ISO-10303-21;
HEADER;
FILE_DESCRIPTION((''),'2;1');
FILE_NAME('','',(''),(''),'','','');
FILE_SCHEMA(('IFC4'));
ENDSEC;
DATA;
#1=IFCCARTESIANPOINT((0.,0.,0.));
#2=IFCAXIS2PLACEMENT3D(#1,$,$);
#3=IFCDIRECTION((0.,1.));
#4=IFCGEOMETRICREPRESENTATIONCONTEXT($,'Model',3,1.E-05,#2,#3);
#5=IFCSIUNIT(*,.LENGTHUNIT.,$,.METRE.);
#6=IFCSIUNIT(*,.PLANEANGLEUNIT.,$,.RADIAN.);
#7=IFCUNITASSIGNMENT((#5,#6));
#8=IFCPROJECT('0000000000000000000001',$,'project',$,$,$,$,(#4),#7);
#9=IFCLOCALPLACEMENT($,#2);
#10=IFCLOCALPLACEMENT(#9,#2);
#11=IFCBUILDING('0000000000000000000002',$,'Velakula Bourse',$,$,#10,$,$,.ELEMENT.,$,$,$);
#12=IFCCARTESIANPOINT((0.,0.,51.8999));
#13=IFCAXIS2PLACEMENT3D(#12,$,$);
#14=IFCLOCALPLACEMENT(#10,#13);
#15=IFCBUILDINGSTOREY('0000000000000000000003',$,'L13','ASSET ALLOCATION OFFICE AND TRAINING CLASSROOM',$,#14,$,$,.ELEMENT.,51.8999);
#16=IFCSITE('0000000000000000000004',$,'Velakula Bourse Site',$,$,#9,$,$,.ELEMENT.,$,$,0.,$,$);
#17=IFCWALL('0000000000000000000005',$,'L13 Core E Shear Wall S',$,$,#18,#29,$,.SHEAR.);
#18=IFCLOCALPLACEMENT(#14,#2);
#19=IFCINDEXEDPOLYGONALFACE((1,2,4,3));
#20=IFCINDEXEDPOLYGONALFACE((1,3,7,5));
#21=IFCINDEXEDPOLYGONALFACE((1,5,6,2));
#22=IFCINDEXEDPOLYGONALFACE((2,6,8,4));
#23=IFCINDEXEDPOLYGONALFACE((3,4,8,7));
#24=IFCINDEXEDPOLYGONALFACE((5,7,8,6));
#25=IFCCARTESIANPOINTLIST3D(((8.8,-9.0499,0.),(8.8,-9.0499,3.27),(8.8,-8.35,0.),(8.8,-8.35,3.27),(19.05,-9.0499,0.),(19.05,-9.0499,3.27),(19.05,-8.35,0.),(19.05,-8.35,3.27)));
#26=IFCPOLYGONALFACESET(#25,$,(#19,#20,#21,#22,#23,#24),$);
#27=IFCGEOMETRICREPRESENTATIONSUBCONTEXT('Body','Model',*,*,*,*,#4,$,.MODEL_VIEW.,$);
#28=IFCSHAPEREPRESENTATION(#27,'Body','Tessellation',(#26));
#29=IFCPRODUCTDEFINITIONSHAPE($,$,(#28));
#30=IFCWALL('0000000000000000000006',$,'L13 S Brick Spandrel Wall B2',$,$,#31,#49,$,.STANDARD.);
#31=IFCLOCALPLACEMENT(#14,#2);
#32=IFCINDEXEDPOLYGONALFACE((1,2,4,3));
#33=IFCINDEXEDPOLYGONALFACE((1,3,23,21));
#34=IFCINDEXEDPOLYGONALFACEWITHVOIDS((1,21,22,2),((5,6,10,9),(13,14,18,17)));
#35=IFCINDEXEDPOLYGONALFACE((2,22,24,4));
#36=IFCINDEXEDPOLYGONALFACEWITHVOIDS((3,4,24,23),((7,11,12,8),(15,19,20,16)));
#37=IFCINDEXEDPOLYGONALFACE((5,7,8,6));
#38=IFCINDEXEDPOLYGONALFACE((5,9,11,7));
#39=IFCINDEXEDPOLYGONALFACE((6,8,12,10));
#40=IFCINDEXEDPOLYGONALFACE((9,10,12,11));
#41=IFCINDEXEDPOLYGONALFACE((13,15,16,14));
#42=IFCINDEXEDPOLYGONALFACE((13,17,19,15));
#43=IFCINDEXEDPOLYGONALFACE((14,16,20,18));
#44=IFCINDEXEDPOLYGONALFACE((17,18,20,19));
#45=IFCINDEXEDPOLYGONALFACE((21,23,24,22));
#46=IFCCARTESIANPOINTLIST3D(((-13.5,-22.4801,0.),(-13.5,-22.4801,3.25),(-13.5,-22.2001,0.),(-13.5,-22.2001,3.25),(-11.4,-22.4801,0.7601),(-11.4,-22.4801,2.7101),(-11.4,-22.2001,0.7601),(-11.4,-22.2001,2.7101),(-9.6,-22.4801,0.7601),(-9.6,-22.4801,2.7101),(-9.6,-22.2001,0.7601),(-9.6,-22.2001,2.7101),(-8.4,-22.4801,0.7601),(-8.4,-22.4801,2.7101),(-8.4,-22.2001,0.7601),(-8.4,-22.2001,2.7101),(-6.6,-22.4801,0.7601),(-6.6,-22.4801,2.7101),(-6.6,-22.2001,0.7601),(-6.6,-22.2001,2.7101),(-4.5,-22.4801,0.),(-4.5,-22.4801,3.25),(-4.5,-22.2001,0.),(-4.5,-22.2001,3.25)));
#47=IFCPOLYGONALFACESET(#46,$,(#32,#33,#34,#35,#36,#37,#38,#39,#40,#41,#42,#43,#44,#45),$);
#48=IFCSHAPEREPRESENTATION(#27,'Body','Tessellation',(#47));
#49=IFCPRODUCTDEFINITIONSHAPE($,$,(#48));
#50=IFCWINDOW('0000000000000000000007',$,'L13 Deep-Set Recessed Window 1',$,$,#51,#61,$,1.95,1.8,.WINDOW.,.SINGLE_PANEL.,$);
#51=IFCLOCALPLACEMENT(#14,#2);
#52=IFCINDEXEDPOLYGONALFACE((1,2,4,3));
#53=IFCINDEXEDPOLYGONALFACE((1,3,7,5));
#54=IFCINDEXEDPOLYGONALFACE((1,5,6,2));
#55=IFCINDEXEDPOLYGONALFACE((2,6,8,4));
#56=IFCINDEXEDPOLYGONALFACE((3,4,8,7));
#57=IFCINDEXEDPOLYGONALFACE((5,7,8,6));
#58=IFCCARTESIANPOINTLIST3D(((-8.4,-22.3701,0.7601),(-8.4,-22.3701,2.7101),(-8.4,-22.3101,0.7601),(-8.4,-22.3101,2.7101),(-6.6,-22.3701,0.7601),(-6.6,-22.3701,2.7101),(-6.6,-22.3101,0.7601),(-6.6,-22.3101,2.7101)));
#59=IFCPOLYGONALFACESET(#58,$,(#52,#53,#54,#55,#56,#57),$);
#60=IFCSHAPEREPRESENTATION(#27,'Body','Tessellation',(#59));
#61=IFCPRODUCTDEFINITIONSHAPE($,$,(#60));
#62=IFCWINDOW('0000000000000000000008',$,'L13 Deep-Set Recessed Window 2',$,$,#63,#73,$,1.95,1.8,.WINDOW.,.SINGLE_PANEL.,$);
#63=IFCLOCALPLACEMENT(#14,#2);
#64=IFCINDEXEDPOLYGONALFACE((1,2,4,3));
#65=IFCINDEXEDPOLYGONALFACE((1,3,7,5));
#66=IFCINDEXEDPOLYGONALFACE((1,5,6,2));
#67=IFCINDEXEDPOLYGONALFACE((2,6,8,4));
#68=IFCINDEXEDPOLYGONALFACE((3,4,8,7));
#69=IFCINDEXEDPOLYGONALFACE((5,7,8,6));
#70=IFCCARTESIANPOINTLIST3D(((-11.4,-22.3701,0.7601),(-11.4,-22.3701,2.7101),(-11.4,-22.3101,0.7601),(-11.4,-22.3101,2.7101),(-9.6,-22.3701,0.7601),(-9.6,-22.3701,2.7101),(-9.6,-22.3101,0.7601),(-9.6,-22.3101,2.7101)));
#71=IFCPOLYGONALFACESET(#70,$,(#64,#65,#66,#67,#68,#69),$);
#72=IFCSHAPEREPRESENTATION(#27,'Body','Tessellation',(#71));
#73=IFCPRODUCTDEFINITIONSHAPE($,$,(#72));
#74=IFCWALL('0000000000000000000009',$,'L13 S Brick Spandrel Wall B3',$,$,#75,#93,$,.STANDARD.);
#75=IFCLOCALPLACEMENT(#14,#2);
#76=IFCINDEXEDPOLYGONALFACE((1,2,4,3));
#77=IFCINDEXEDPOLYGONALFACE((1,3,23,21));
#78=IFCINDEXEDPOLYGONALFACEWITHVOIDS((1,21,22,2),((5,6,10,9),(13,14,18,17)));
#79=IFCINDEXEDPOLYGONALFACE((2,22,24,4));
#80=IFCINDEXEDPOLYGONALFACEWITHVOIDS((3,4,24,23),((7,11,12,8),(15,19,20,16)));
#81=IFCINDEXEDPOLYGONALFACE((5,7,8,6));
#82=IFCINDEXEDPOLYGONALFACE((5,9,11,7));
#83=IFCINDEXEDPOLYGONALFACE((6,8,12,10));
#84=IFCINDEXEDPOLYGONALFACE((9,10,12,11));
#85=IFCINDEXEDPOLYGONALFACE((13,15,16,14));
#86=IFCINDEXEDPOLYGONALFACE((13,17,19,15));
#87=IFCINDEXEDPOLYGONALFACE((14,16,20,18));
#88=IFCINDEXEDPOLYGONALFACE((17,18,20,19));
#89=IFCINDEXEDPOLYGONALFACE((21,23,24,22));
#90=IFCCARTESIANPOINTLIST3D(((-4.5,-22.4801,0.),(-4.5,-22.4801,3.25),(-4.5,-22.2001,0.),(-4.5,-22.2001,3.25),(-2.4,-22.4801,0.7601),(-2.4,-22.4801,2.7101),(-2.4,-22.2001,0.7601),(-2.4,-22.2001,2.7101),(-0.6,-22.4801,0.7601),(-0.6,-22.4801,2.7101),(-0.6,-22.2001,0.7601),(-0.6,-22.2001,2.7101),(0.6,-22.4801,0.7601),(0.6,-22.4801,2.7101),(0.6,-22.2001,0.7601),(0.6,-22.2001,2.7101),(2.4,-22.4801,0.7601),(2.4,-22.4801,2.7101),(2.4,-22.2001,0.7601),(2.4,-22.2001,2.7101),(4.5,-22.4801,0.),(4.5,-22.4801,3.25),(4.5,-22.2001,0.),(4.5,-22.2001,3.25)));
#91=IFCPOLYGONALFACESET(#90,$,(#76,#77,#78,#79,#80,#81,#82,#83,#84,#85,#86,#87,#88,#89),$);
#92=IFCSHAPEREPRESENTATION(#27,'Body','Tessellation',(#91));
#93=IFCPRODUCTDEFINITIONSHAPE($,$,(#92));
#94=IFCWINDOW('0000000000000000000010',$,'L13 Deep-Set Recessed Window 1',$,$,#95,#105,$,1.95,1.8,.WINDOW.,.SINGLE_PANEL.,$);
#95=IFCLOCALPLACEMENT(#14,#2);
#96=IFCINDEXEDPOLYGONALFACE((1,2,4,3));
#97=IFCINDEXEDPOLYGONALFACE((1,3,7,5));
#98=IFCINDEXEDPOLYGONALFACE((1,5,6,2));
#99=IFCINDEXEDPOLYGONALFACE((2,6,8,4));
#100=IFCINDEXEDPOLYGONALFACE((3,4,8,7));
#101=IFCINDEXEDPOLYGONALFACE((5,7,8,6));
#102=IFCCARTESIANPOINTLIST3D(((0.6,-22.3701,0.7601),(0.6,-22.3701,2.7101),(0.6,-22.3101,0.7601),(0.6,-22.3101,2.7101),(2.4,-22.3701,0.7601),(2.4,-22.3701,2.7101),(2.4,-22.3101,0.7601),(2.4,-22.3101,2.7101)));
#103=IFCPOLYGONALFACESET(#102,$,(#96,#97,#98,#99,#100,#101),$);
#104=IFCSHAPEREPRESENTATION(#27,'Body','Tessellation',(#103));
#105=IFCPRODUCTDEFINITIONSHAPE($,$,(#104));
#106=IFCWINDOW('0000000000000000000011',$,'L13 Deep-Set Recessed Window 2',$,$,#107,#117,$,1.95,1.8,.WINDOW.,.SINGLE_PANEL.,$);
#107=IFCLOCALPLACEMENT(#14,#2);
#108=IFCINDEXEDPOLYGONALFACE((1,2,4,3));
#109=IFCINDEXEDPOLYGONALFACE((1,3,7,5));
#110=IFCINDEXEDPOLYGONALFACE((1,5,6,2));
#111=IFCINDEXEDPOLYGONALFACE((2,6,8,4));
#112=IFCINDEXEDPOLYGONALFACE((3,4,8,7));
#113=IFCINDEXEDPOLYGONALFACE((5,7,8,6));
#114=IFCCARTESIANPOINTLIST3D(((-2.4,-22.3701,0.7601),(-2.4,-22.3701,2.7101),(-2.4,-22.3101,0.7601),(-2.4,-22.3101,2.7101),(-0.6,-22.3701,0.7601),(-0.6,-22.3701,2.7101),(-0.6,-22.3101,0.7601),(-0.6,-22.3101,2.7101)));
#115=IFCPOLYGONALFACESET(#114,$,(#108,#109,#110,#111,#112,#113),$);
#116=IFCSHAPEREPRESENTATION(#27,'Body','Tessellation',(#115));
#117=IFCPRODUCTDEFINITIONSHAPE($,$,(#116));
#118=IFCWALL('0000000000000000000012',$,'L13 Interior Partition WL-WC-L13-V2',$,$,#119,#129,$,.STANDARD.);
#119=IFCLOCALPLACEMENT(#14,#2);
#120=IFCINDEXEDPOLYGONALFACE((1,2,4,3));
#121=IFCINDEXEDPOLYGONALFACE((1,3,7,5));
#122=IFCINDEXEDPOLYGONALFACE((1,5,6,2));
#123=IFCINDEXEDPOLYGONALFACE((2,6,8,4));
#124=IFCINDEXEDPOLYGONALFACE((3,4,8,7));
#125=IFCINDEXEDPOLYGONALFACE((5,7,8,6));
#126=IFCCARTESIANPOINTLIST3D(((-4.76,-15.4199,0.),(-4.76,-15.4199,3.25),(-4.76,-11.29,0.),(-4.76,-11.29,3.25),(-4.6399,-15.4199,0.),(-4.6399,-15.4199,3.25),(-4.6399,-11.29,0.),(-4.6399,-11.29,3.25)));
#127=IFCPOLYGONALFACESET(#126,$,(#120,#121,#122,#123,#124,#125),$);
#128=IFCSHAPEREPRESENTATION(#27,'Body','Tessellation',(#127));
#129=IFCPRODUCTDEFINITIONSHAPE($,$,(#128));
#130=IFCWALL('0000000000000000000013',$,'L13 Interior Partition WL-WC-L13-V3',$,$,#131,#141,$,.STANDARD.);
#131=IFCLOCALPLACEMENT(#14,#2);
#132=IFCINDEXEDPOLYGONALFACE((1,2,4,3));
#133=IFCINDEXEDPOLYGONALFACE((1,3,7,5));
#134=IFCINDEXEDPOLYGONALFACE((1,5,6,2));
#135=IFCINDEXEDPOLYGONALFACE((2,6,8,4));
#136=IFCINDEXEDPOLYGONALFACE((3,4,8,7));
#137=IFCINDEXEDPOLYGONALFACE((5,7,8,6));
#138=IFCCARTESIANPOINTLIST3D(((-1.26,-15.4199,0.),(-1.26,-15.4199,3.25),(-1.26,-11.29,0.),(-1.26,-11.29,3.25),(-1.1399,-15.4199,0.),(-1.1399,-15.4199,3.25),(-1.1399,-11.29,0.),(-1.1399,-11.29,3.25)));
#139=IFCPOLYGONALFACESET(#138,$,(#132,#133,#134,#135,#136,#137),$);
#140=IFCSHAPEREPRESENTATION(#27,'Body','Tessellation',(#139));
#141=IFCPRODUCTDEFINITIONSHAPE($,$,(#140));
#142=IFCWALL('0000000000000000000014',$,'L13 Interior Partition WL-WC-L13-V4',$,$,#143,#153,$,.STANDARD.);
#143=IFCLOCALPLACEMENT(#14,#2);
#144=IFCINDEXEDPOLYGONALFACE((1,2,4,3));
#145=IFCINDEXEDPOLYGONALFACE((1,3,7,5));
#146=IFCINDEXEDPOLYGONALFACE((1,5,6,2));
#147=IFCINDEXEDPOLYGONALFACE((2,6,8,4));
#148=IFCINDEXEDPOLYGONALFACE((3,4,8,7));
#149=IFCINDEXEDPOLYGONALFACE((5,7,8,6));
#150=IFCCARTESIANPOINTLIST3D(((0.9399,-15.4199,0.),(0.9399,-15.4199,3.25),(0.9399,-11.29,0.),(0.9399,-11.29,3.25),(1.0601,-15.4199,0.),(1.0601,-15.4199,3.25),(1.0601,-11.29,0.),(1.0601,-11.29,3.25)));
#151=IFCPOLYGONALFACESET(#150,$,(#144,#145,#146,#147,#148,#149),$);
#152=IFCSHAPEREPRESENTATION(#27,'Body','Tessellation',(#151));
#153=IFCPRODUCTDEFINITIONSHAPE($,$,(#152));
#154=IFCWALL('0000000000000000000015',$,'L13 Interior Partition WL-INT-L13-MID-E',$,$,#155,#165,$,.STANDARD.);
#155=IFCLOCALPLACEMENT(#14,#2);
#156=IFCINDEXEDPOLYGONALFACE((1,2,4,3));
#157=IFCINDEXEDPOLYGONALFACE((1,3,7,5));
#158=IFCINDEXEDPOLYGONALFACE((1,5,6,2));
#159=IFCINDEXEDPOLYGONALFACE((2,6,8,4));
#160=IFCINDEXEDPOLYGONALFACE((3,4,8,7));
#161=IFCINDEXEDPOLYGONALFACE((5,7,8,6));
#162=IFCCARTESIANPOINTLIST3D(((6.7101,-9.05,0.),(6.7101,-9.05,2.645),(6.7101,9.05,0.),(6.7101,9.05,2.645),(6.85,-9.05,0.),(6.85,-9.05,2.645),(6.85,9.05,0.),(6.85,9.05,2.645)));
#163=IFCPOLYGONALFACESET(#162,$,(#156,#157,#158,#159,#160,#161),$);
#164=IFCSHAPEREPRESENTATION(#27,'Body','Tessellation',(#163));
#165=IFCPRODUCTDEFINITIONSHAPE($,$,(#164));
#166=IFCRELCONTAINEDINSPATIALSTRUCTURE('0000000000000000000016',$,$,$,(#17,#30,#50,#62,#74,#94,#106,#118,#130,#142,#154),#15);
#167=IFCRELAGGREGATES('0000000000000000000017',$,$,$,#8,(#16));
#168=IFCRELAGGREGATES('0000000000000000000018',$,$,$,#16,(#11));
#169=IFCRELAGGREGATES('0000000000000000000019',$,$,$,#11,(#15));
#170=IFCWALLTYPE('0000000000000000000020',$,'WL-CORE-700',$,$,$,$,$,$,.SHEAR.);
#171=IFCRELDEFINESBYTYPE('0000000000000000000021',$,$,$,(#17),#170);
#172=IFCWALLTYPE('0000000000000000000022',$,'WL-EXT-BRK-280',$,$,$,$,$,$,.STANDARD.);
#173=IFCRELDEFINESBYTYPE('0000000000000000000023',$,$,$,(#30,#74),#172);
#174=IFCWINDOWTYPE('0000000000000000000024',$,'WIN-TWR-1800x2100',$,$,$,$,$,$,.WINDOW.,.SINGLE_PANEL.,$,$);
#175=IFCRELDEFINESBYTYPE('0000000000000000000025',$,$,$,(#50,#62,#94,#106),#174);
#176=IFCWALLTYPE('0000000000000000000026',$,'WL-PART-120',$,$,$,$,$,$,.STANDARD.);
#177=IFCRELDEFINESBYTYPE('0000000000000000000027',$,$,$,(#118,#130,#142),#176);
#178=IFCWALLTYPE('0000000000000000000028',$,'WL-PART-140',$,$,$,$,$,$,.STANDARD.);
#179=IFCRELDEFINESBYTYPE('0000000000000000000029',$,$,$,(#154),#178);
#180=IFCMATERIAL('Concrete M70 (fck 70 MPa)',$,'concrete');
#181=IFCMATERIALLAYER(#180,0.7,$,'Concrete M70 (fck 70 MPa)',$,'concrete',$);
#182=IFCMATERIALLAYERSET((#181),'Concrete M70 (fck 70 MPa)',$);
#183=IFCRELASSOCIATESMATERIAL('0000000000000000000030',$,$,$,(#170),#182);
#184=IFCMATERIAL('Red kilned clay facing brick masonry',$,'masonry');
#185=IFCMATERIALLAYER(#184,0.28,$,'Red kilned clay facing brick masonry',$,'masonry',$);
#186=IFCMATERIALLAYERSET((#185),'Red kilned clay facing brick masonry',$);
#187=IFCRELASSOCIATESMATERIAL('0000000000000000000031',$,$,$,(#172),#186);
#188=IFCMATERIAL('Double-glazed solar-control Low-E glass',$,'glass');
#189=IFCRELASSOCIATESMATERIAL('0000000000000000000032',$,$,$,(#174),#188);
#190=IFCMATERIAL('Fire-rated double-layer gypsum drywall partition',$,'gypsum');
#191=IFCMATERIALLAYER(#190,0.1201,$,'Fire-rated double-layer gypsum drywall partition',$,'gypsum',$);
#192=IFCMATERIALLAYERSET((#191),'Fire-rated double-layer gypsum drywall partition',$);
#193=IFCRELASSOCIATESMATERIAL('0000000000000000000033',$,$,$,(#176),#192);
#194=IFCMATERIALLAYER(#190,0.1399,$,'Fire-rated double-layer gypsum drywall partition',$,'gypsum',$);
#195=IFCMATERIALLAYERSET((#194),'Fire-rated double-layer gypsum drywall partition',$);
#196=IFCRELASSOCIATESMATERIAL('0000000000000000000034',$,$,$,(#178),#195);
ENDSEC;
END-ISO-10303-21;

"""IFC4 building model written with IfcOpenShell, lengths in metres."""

from ifc_helpers import new_model, si_unit, direction, frame, frame_2d, origin, place, context, subcontext, project, spatial, rectangle, extrude, material, layer, layer_set, type_object, element, fill, save


model = new_model("IFC4")

# Units and contexts
model_context = context("Model", 3, precision=1e-05, world=origin(), true_north=direction((0.0, 1.0)))
body_context = subcontext(model_context, "Body", "Model", "MODEL_VIEW")
ifc_project = project(units=[si_unit("LENGTHUNIT", "METRE"), si_unit("PLANEANGLEUNIT", "RADIAN")], contexts=[model_context])

# Site, building, storey
site_placement = place(None, origin())
site = spatial("IfcSite", under=ifc_project, at=site_placement, Name="Velakula Bourse Site", CompositionType="ELEMENT", RefElevation=0.0)
building_placement = place(site_placement, origin())
building = spatial("IfcBuilding", under=site, at=building_placement, Name="Velakula Bourse", CompositionType="ELEMENT")
storey_placement = place(building_placement, frame((0.0, 0.0, 51.8999)))
storey = spatial("IfcBuildingStorey", under=building, at=storey_placement, Name="L13", Description="ASSET ALLOCATION OFFICE AND TRAINING CLASSROOM", CompositionType="ELEMENT", Elevation=51.8999)

# Shared definitions
ifc_material_1 = material(Name="Concrete M70 (fck 70 MPa)", Category="concrete")

# Wall
ifc_layer_1 = layer(ifc_material_1, 0.7, Name="Concrete M70 (fck 70 MPa)", Category="concrete")
ifc_layer_set_1 = layer_set([ifc_layer_1], Name="Concrete M70 (fck 70 MPa)")
wall_type_1 = type_object("IfcWallType", Name="WL-CORE-700", PredefinedType="SHEAR", material=ifc_layer_set_1)
wall_1_placement = place(storey_placement, frame((8.8, -8.7, 0.0), z_axis=(0.0, 0.0, 1.0), x_axis=(1.0, 0.0, 0.0)))
element("IfcWall", 1, at=wall_1_placement, inside=storey, type_object=wall_type_1, Name="L13 Core E Shear Wall S", PredefinedType="SHEAR", context=body_context, shape_type="SweptSolid", body=[
    extrude(rectangle(XDim=10.25, YDim=0.7, at=frame_2d((5.125, 0.0))), origin(), (0.0, 0.0, 1.0), 3.27),
])

# Walls, openings, windows
ifc_material_2 = material(Name="Red kilned clay facing brick masonry", Category="masonry")
ifc_layer_2 = layer(ifc_material_2, 0.28, Name="Red kilned clay facing brick masonry", Category="masonry")
ifc_layer_set_2 = layer_set([ifc_layer_2], Name="Red kilned clay facing brick masonry")
wall_type_2 = type_object("IfcWallType", Name="WL-EXT-BRK-280", PredefinedType="STANDARD", material=ifc_layer_set_2)
wall_2_placement = place(storey_placement, frame((-4.5, -22.3401, 0.0), z_axis=(0.0, 0.0, 1.0), x_axis=(-1.0, 0.0, 0.0)))
wall_2 = element("IfcWall", 2, at=wall_2_placement, inside=storey, type_object=wall_type_2, Name="L13 S Brick Spandrel Wall B2", PredefinedType="STANDARD", context=body_context, shape_type="SweptSolid", body=[
    extrude(rectangle(XDim=9.0, YDim=0.28, at=frame_2d((4.5, 0.0))), origin(), (0.0, 0.0, 1.0), 3.25),
])
opening_1_placement = place(wall_2_placement, frame((2.1001, 0.0, 0.76)))
opening_1 = element("IfcOpeningElement", 3, at=opening_1_placement, cuts=wall_2, PredefinedType="OPENING", context=body_context, shape_type="SweptSolid", body=[
    extrude(rectangle(XDim=1.8, YDim=1.95, at=frame_2d((0.8999, 0.9751))), frame((0.0, 0.1499, 0.0), z_axis=(0.0, -1.0, 0.0), x_axis=(1.0, 0.0, 0.0)), (0.0, 0.0, 1.0), 0.3),
])
opening_2_placement = place(wall_2_placement, frame((5.1001, 0.0, 0.76)))
opening_2 = element("IfcOpeningElement", 4, at=opening_2_placement, cuts=wall_2, PredefinedType="OPENING", context=body_context, shape_type="SweptSolid", body=[
    extrude(rectangle(XDim=1.8, YDim=1.95, at=frame_2d((0.8999, 0.9751))), frame((0.0, 0.1499, 0.0), z_axis=(0.0, -1.0, 0.0), x_axis=(1.0, 0.0, 0.0)), (0.0, 0.0, 1.0), 0.3),
])
ifc_material_3 = material(Name="Double-glazed solar-control Low-E glass", Category="glass")
window_type = type_object("IfcWindowType", Name="WIN-TWR-1800x2100", PartitioningType="SINGLE_PANEL", PredefinedType="WINDOW", material=ifc_material_3)
window_1_placement = place(opening_1_placement, origin())
window_1 = element("IfcWindow", 5, at=window_1_placement, inside=storey, type_object=window_type, Name="L13 Deep-Set Recessed Window 1", OverallHeight=1.95, OverallWidth=1.8, PartitioningType="SINGLE_PANEL", PredefinedType="WINDOW", context=body_context, shape_type="SweptSolid", body=[
    extrude(rectangle(XDim=1.8, YDim=1.95, at=frame_2d((0.8999, 0.9751))), frame((0.0, 0.03, 0.0), z_axis=(0.0, -1.0, 0.0), x_axis=(1.0, 0.0, 0.0)), (0.0, 0.0, 1.0), 0.0601),
])
fill(opening_1, window_1)
window_2_placement = place(opening_2_placement, origin())
window_2 = element("IfcWindow", 6, at=window_2_placement, inside=storey, type_object=window_type, Name="L13 Deep-Set Recessed Window 2", OverallHeight=1.95, OverallWidth=1.8, PartitioningType="SINGLE_PANEL", PredefinedType="WINDOW", context=body_context, shape_type="SweptSolid", body=[
    extrude(rectangle(XDim=1.8, YDim=1.95, at=frame_2d((0.8999, 0.9751))), frame((0.0, 0.03, 0.0), z_axis=(0.0, -1.0, 0.0), x_axis=(1.0, 0.0, 0.0)), (0.0, 0.0, 1.0), 0.0601),
])
fill(opening_2, window_2)
wall_3_placement = place(storey_placement, frame((4.5, -22.3401, 0.0), z_axis=(0.0, 0.0, 1.0), x_axis=(-1.0, 0.0, 0.0)))
wall_3 = element("IfcWall", 7, at=wall_3_placement, inside=storey, type_object=wall_type_2, Name="L13 S Brick Spandrel Wall B3", PredefinedType="STANDARD", context=body_context, shape_type="SweptSolid", body=[
    extrude(rectangle(XDim=9.0, YDim=0.28, at=frame_2d((4.5, 0.0))), origin(), (0.0, 0.0, 1.0), 3.25),
])
opening_3_placement = place(wall_3_placement, frame((2.1001, 0.0, 0.76)))
opening_3 = element("IfcOpeningElement", 8, at=opening_3_placement, cuts=wall_3, PredefinedType="OPENING", context=body_context, shape_type="SweptSolid", body=[
    extrude(rectangle(XDim=1.8, YDim=1.95, at=frame_2d((0.8999, 0.9751))), frame((0.0, 0.1499, 0.0), z_axis=(0.0, -1.0, 0.0), x_axis=(1.0, 0.0, 0.0)), (0.0, 0.0, 1.0), 0.3),
])
opening_4_placement = place(wall_3_placement, frame((5.1001, 0.0, 0.76)))
opening_4 = element("IfcOpeningElement", 9, at=opening_4_placement, cuts=wall_3, PredefinedType="OPENING", context=body_context, shape_type="SweptSolid", body=[
    extrude(rectangle(XDim=1.8, YDim=1.95, at=frame_2d((0.8999, 0.9751))), frame((0.0, 0.1499, 0.0), z_axis=(0.0, -1.0, 0.0), x_axis=(1.0, 0.0, 0.0)), (0.0, 0.0, 1.0), 0.3),
])
window_3_placement = place(opening_3_placement, origin())
window_3 = element("IfcWindow", 10, at=window_3_placement, inside=storey, type_object=window_type, Name="L13 Deep-Set Recessed Window 1", OverallHeight=1.95, OverallWidth=1.8, PartitioningType="SINGLE_PANEL", PredefinedType="WINDOW", context=body_context, shape_type="SweptSolid", body=[
    extrude(rectangle(XDim=1.8, YDim=1.95, at=frame_2d((0.8999, 0.9751))), frame((0.0, 0.03, 0.0), z_axis=(0.0, -1.0, 0.0), x_axis=(1.0, 0.0, 0.0)), (0.0, 0.0, 1.0), 0.0601),
])
fill(opening_3, window_3)
window_4_placement = place(opening_4_placement, origin())
window_4 = element("IfcWindow", 11, at=window_4_placement, inside=storey, type_object=window_type, Name="L13 Deep-Set Recessed Window 2", OverallHeight=1.95, OverallWidth=1.8, PartitioningType="SINGLE_PANEL", PredefinedType="WINDOW", context=body_context, shape_type="SweptSolid", body=[
    extrude(rectangle(XDim=1.8, YDim=1.95, at=frame_2d((0.8999, 0.9751))), frame((0.0, 0.03, 0.0), z_axis=(0.0, -1.0, 0.0), x_axis=(1.0, 0.0, 0.0)), (0.0, 0.0, 1.0), 0.0601),
])
fill(opening_4, window_4)

# Walls
ifc_material_4 = material(Name="Fire-rated double-layer gypsum drywall partition", Category="gypsum")
ifc_layer_3 = layer(ifc_material_4, 0.1201, Name="Fire-rated double-layer gypsum drywall partition", Category="gypsum")
ifc_layer_set_3 = layer_set([ifc_layer_3], Name="Fire-rated double-layer gypsum drywall partition")
wall_type_3 = type_object("IfcWallType", Name="WL-PART-120", PredefinedType="STANDARD", material=ifc_layer_set_3)
for number, where, z_axis, x_axis, name in (
    (12, (-4.7, -15.4199, 0.0), (0.0, 0.0, 1.0), (0.0, 1.0, 0.0), "L13 Interior Partition WL-WC-L13-V2"),
    (13, (-1.2, -15.4199, 0.0), (0.0, 0.0, 1.0), (0.0, 1.0, 0.0), "L13 Interior Partition WL-WC-L13-V3"),
    (14, (1.0, -15.4199, 0.0), (0.0, 0.0, 1.0), (0.0, 1.0, 0.0), "L13 Interior Partition WL-WC-L13-V4"),
):
    element("IfcWall", number, at=place(storey_placement, frame(where, z_axis=z_axis, x_axis=x_axis)), inside=storey, type_object=wall_type_3, Name=name, PredefinedType="STANDARD", context=body_context, shape_type="SweptSolid", body=[
        extrude(rectangle(XDim=4.1299, YDim=0.1201, at=frame_2d((2.0649, 0.0))), origin(), (0.0, 0.0, 1.0), 3.25),
    ])
ifc_layer_4 = layer(ifc_material_4, 0.1399, Name="Fire-rated double-layer gypsum drywall partition", Category="gypsum")
ifc_layer_set_4 = layer_set([ifc_layer_4], Name="Fire-rated double-layer gypsum drywall partition")
wall_type_4 = type_object("IfcWallType", Name="WL-PART-140", PredefinedType="STANDARD", material=ifc_layer_set_4)
wall_4_placement = place(storey_placement, frame((6.78, -9.05, 0.0), z_axis=(0.0, 0.0, 1.0), x_axis=(0.0, 1.0, 0.0)))
element("IfcWall", 15, at=wall_4_placement, inside=storey, type_object=wall_type_4, Name="L13 Interior Partition WL-INT-L13-MID-E", PredefinedType="STANDARD", context=body_context, shape_type="SweptSolid", body=[
    extrude(rectangle(XDim=18.1001, YDim=0.1399, at=frame_2d((9.05, 0.0))), origin(), (0.0, 0.0, 1.0), 2.645),
])

save(model, "model.ifc")
